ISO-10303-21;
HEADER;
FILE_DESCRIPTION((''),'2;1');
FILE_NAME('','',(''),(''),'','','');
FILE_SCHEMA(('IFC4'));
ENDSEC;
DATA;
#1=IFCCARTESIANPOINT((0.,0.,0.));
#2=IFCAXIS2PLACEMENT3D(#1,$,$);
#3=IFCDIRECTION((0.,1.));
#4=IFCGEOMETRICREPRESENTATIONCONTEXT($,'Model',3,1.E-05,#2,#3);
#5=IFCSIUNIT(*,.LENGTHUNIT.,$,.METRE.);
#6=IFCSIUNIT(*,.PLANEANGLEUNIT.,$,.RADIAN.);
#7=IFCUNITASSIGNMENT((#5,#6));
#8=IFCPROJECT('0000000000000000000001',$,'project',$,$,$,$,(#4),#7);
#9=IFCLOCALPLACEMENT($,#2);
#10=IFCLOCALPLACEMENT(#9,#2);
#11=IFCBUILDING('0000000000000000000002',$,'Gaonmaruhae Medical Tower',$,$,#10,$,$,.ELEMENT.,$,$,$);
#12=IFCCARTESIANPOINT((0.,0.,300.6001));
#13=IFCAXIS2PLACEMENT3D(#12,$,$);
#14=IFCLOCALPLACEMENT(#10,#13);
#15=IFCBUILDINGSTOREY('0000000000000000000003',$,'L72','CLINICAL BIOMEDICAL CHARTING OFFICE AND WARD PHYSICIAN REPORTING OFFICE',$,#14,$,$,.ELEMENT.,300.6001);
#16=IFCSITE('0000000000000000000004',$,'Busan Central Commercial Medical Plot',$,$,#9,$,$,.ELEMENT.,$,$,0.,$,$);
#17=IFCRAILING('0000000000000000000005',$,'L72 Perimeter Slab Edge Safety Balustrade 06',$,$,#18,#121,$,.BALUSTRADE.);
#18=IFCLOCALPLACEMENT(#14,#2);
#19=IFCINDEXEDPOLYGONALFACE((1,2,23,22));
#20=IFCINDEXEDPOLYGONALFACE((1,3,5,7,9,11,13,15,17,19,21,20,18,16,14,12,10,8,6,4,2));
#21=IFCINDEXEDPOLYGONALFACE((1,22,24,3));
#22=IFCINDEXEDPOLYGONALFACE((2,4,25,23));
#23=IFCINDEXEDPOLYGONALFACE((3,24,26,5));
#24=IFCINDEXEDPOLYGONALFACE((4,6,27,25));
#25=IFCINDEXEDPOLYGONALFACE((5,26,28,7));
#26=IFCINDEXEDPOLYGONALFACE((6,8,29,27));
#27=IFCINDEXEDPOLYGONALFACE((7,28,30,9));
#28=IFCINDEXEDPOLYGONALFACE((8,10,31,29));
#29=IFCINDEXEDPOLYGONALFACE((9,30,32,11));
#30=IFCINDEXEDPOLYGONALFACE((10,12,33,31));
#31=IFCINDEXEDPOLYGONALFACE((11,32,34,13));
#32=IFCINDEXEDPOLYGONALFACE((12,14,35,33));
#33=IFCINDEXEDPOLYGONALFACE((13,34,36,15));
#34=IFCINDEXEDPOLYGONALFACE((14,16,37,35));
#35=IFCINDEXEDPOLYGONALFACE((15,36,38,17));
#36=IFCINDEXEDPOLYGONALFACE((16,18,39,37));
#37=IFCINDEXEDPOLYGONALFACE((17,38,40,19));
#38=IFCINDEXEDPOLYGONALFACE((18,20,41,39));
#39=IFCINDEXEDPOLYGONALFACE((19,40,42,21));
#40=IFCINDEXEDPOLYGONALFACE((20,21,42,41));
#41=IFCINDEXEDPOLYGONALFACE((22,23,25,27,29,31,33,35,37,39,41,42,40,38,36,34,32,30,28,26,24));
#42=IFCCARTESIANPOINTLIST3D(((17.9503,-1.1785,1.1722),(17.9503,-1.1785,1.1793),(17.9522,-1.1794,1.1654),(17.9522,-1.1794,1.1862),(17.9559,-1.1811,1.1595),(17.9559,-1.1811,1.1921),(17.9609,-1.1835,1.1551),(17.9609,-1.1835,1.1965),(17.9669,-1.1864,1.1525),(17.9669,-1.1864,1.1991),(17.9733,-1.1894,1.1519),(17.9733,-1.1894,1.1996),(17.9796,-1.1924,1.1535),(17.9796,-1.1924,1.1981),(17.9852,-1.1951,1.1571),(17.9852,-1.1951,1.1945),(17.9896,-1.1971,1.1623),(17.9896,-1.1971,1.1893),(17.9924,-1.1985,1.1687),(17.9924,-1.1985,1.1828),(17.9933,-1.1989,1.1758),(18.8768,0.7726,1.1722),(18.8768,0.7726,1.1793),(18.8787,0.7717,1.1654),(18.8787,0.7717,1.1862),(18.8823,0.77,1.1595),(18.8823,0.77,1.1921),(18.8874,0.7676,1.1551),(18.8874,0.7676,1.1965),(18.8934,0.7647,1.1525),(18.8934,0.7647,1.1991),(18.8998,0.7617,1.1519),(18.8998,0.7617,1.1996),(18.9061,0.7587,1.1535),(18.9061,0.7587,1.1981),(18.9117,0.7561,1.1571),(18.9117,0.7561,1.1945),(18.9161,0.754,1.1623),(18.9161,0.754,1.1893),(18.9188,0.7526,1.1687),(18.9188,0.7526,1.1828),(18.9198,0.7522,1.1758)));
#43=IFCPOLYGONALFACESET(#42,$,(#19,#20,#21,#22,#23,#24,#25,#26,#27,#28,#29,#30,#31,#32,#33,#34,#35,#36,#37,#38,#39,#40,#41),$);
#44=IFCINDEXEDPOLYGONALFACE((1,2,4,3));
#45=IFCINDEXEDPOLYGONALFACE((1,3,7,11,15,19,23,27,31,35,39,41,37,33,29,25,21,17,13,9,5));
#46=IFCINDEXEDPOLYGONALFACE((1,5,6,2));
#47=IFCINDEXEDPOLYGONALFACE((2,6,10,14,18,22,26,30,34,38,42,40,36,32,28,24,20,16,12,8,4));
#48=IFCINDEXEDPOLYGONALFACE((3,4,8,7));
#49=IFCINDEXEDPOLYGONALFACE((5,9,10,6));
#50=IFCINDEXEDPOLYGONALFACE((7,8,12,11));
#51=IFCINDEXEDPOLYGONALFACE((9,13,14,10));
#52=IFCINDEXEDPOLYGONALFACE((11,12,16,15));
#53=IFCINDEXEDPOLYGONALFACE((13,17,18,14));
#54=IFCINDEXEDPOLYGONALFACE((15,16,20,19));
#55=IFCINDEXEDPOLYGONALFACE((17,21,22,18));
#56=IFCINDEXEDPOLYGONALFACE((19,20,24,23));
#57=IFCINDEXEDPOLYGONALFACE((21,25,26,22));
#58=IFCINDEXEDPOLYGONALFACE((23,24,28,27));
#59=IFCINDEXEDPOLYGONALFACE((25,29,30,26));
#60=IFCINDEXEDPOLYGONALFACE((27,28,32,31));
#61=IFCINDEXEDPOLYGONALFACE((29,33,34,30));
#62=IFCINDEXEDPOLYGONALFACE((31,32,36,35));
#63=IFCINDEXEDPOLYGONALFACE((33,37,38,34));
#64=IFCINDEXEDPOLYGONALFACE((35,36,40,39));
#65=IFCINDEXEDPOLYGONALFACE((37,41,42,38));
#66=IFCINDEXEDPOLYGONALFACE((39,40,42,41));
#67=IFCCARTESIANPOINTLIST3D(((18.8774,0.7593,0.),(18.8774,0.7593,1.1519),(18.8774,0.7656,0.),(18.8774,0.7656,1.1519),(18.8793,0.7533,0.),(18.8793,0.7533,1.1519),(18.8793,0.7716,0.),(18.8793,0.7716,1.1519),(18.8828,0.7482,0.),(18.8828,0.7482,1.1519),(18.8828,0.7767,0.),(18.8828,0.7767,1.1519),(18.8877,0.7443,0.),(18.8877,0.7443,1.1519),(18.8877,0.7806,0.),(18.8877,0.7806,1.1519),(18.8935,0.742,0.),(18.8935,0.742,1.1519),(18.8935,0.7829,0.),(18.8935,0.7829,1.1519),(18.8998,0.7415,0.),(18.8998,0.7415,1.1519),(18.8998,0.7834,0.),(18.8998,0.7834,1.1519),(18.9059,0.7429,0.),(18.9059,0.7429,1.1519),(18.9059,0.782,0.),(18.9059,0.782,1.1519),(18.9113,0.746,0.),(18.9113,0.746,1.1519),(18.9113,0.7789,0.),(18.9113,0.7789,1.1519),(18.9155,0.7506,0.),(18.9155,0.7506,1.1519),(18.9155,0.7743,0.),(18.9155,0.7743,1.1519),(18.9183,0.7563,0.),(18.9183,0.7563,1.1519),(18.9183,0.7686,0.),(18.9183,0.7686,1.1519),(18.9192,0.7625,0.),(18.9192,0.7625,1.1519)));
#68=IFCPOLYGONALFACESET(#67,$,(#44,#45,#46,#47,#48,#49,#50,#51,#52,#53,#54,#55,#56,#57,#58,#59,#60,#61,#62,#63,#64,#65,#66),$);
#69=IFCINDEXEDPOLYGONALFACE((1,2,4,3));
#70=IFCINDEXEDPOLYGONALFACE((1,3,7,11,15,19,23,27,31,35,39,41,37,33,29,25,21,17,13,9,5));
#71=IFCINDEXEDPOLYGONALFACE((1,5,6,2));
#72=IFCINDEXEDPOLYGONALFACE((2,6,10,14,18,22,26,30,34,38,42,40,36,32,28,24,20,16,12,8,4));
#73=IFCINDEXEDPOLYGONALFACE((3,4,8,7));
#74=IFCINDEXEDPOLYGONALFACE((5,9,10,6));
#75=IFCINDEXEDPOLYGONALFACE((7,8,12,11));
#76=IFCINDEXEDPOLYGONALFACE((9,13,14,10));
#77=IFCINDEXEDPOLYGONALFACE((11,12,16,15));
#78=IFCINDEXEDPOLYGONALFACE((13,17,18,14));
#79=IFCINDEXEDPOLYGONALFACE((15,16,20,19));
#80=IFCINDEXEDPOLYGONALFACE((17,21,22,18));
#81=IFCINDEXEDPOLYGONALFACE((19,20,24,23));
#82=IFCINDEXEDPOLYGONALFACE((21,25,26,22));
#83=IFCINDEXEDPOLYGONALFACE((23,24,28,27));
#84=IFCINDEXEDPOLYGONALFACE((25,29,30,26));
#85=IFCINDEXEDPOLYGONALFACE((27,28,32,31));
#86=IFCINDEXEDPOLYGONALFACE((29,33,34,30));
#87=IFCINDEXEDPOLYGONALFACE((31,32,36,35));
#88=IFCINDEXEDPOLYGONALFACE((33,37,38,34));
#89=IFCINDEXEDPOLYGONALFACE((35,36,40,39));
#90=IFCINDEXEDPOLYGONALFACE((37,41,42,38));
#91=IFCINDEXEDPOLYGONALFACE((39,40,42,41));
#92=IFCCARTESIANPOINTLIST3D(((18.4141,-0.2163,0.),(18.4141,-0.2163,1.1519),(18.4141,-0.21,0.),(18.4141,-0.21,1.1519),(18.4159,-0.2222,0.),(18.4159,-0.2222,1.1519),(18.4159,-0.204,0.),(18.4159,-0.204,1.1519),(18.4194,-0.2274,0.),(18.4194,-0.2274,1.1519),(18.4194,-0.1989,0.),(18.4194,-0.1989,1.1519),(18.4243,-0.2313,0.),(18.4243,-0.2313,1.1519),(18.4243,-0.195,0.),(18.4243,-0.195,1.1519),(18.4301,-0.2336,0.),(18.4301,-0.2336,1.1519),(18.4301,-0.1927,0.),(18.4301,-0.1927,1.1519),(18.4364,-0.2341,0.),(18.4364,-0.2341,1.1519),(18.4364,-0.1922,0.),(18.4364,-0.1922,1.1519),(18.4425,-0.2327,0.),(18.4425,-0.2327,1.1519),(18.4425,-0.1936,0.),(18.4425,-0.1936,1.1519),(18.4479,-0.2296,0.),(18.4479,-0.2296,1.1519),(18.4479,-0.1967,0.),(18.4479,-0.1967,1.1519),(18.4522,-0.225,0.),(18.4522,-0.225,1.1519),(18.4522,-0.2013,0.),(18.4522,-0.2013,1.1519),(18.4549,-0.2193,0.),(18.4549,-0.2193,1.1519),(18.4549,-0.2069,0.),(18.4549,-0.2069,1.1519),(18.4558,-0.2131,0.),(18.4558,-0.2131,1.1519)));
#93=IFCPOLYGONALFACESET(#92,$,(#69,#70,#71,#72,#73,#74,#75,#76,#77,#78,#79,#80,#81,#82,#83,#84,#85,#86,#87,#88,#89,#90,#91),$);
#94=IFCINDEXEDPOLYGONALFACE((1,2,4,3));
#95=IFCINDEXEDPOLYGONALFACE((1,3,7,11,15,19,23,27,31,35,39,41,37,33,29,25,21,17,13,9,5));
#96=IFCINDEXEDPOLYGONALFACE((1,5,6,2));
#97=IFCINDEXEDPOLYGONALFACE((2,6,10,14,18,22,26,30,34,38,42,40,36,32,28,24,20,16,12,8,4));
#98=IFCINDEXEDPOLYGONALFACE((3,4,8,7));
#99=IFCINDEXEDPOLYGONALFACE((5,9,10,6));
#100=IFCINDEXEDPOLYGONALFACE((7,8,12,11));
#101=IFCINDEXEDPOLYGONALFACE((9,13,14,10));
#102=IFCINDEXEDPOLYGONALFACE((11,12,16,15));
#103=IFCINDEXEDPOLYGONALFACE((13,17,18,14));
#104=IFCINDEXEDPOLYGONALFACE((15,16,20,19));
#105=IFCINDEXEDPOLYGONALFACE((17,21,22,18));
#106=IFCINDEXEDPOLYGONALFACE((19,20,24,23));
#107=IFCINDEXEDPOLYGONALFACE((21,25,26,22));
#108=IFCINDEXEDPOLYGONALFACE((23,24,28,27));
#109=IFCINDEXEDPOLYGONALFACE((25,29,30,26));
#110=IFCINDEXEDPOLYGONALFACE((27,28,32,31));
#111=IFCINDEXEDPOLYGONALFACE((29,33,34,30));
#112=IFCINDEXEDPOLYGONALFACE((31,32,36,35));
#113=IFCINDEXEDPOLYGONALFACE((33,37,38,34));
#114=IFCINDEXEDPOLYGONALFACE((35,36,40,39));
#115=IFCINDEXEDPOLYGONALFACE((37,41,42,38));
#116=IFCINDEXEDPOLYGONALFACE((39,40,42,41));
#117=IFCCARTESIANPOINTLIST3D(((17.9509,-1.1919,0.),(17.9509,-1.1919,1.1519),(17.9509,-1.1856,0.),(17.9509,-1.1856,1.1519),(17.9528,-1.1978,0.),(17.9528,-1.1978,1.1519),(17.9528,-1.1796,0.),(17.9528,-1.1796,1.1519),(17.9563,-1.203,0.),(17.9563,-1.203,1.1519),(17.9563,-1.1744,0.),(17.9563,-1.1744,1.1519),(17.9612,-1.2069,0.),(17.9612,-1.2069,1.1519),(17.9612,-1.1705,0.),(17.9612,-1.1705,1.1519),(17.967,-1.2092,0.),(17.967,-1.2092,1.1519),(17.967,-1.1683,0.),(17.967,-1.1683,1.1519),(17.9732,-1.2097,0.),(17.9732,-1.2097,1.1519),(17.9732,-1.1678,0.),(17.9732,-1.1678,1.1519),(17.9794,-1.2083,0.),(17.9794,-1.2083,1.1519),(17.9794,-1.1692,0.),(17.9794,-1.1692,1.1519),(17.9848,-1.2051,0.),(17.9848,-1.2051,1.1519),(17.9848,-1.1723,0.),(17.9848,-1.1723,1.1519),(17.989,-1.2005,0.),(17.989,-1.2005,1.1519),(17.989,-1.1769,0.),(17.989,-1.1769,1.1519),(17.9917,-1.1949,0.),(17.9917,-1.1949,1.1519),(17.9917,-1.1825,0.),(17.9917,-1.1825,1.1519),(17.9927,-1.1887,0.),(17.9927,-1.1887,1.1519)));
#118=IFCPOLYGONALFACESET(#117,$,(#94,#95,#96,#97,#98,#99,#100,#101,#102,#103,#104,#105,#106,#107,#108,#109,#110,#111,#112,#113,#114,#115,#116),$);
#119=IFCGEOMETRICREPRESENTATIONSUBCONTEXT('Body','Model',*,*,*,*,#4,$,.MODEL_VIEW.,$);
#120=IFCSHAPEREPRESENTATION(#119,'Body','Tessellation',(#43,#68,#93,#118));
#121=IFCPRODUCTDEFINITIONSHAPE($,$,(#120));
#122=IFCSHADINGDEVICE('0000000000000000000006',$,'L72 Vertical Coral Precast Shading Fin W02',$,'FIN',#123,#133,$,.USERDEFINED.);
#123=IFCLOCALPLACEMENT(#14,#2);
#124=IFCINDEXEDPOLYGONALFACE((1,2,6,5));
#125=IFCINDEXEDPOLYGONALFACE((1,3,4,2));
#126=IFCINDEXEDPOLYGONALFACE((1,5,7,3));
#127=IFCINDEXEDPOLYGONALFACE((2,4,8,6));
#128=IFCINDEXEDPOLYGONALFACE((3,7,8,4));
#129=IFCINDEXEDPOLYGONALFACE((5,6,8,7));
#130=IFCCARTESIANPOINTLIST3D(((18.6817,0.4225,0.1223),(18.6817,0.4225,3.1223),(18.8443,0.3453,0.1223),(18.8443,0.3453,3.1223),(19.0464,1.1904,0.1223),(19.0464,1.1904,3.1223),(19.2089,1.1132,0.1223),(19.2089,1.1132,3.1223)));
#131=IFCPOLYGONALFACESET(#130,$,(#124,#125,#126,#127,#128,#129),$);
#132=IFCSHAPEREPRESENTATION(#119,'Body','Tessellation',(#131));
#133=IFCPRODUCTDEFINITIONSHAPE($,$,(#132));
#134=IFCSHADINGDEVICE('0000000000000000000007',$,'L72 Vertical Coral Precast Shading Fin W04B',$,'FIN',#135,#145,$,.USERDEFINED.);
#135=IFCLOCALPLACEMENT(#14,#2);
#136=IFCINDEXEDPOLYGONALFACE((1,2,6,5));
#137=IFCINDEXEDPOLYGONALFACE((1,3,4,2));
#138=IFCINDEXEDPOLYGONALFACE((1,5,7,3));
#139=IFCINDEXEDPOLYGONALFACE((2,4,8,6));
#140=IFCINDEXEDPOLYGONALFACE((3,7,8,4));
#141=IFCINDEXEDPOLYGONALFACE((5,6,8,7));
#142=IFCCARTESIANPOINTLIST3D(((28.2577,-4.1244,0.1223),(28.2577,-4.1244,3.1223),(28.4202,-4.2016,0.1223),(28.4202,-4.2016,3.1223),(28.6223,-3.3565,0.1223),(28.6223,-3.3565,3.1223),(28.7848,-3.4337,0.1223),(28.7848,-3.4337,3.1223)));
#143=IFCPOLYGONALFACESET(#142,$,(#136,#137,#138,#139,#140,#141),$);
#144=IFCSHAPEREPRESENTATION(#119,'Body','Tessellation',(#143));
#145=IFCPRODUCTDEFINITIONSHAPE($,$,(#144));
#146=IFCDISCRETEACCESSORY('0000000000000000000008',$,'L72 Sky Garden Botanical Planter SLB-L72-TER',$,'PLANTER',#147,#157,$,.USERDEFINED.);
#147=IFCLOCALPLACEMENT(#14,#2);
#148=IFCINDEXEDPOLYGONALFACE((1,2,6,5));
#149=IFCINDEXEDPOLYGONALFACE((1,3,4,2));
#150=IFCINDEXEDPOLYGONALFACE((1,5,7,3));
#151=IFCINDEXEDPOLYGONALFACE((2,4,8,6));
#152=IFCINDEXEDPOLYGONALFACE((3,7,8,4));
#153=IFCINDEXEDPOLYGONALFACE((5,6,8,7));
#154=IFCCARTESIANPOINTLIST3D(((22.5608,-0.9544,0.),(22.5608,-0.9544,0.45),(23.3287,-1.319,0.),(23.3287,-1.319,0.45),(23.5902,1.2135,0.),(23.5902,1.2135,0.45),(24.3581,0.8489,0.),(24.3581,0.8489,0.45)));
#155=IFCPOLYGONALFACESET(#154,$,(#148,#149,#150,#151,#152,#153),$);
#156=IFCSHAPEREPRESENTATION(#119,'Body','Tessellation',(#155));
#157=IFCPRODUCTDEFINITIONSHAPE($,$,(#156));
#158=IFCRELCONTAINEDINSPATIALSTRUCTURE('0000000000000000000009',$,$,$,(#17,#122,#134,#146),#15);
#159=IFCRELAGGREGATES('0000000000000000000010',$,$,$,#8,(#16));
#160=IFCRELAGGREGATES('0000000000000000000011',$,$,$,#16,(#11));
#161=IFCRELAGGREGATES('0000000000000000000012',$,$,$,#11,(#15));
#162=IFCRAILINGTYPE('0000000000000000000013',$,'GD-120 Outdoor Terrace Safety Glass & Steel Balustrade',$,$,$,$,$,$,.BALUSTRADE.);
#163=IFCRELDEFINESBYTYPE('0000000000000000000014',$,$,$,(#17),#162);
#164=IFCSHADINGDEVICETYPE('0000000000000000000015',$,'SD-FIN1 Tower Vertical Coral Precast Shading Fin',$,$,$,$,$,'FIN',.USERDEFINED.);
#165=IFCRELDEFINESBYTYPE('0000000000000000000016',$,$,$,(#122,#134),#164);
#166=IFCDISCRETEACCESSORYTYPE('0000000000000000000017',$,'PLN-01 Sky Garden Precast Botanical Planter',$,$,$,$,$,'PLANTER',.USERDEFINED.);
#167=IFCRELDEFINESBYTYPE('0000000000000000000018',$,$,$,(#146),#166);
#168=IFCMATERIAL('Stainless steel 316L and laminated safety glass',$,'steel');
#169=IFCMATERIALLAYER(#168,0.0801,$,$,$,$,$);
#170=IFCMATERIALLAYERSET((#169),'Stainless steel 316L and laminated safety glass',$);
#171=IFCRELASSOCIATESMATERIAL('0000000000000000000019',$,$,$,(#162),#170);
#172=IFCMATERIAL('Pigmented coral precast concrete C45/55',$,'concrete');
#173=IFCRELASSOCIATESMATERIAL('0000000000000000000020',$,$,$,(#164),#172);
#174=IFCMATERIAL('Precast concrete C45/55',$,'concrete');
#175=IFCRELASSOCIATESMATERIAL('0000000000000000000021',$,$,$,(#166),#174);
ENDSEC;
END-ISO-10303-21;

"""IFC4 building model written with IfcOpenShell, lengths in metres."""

from ifc_helpers import new_model, si_unit, direction, frame, origin, origin_2d, place, context, subcontext, project, spatial, rectangle, circle, extrude, material, layer, layer_set, type_object, element, save


model = new_model("IFC4")

# Units and contexts
model_context = context("Model", 3, precision=1e-05, world=origin(), true_north=direction((0.0, 1.0)))
body_context = subcontext(model_context, "Body", "Model", "MODEL_VIEW")
ifc_project = project(units=[si_unit("LENGTHUNIT", "METRE"), si_unit("PLANEANGLEUNIT", "RADIAN")], contexts=[model_context])

# Site, building, storey
site_placement = place(None, origin())
site = spatial("IfcSite", under=ifc_project, at=site_placement, Name="Busan Central Commercial Medical Plot", CompositionType="ELEMENT", RefElevation=0.0)
building_placement = place(site_placement, origin())
building = spatial("IfcBuilding", under=site, at=building_placement, Name="Gaonmaruhae Medical Tower", CompositionType="ELEMENT")
storey_placement = place(building_placement, frame((0.0, 0.0, 300.6001)))
storey = spatial("IfcBuildingStorey", under=building, at=storey_placement, Name="L72", Description="CLINICAL BIOMEDICAL CHARTING OFFICE AND WARD PHYSICIAN REPORTING OFFICE", CompositionType="ELEMENT", Elevation=300.6001)

# Shared definitions
ifc_material_1 = material(Name="Precast concrete C45/55", Category="concrete")

# Railing
ifc_material_2 = material(Name="Stainless steel 316L and laminated safety glass", Category="steel")
ifc_layer_1 = layer(ifc_material_2, 0.0801)
ifc_layer_set_1 = layer_set([ifc_layer_1], Name="Stainless steel 316L and laminated safety glass")
railing_type_1 = type_object("IfcRailingType", Name="GD-120 Outdoor Terrace Safety Glass & Steel Balustrade", PredefinedType="BALUSTRADE", material=ifc_layer_set_1)
railing_1_placement = place(storey_placement, frame((18.8982, 0.7625, 0.0)))
element("IfcRailing", 1, at=railing_1_placement, inside=storey, type_object=railing_type_1, Name="L72 Perimeter Slab Edge Safety Balustrade 06", PredefinedType="BALUSTRADE", context=body_context, shape_type="SweptSolid", body=[
    extrude(circle(Radius=0.0239, at=origin_2d()), frame((0.0, 0.0, 1.1758), z_axis=(-0.428946, -0.90333, 0.0), x_axis=(0.90333, -0.428946, 0.0)), (0.0, 0.0, 1.0), 2.1599),
    extrude(circle(Radius=0.021, at=origin_2d()), origin(), (0.0, 0.0, 1.0), 1.1519),
    extrude(circle(Radius=0.021, at=origin_2d()), frame((-0.4634, -0.9756, 0.0)), (0.0, 0.0, 1.0), 1.1519),
    extrude(circle(Radius=0.021, at=origin_2d()), frame((-0.9265, -1.9512, 0.0)), (0.0, 0.0, 1.0), 1.1519),
])

# Shading devices
ifc_material_3 = material(Name="Pigmented coral precast concrete C45/55", Category="concrete")
shading_device_type = type_object("IfcShadingDeviceType", Name="SD-FIN1 Tower Vertical Coral Precast Shading Fin", ElementType="FIN", PredefinedType="USERDEFINED", material=ifc_material_3)
for number, where, z_axis, x_axis, name in (
    (2, (18.9453, 0.7678, 0.1223), (0.0, 0.0, 1.0), (-0.903335, 0.428935, 0.0), "L72 Vertical Coral Precast Shading Fin W02"),
    (3, (28.5212, -3.7791, 0.1223), (0.0, 0.0, 1.0), (-0.903335, 0.428935, 0.0), "L72 Vertical Coral Precast Shading Fin W04B"),
):
    element("IfcShadingDevice", number, at=place(storey_placement, frame(where, z_axis=z_axis, x_axis=x_axis)), inside=storey, type_object=shading_device_type, Name=name, ObjectType="FIN", PredefinedType="USERDEFINED", context=body_context, shape_type="SweptSolid", body=[
        extrude(rectangle(XDim=0.1799, YDim=0.8501, at=origin_2d()), origin(), (0.0, 0.0, 1.0), 3.0),
    ])

# Discrete accessory
discrete_accessory_type = type_object("IfcDiscreteAccessoryType", Name="PLN-01 Sky Garden Precast Botanical Planter", ElementType="PLANTER", PredefinedType="USERDEFINED", material=ifc_material_1)
discrete_accessory_placement = place(storey_placement, frame((23.4595, -0.0527, 0.0), z_axis=(0.0, 0.0, 1.0), x_axis=(0.428935, 0.903335, 0.0)))
element("IfcDiscreteAccessory", 4, at=discrete_accessory_placement, inside=storey, type_object=discrete_accessory_type, Name="L72 Sky Garden Botanical Planter SLB-L72-TER", ObjectType="PLANTER", PredefinedType="USERDEFINED", context=body_context, shape_type="SweptSolid", body=[
    extrude(rectangle(XDim=2.3999, YDim=0.8501, at=origin_2d()), origin(), (0.0, 0.0, 1.0), 0.45),
])

save(model, "model.ifc")
